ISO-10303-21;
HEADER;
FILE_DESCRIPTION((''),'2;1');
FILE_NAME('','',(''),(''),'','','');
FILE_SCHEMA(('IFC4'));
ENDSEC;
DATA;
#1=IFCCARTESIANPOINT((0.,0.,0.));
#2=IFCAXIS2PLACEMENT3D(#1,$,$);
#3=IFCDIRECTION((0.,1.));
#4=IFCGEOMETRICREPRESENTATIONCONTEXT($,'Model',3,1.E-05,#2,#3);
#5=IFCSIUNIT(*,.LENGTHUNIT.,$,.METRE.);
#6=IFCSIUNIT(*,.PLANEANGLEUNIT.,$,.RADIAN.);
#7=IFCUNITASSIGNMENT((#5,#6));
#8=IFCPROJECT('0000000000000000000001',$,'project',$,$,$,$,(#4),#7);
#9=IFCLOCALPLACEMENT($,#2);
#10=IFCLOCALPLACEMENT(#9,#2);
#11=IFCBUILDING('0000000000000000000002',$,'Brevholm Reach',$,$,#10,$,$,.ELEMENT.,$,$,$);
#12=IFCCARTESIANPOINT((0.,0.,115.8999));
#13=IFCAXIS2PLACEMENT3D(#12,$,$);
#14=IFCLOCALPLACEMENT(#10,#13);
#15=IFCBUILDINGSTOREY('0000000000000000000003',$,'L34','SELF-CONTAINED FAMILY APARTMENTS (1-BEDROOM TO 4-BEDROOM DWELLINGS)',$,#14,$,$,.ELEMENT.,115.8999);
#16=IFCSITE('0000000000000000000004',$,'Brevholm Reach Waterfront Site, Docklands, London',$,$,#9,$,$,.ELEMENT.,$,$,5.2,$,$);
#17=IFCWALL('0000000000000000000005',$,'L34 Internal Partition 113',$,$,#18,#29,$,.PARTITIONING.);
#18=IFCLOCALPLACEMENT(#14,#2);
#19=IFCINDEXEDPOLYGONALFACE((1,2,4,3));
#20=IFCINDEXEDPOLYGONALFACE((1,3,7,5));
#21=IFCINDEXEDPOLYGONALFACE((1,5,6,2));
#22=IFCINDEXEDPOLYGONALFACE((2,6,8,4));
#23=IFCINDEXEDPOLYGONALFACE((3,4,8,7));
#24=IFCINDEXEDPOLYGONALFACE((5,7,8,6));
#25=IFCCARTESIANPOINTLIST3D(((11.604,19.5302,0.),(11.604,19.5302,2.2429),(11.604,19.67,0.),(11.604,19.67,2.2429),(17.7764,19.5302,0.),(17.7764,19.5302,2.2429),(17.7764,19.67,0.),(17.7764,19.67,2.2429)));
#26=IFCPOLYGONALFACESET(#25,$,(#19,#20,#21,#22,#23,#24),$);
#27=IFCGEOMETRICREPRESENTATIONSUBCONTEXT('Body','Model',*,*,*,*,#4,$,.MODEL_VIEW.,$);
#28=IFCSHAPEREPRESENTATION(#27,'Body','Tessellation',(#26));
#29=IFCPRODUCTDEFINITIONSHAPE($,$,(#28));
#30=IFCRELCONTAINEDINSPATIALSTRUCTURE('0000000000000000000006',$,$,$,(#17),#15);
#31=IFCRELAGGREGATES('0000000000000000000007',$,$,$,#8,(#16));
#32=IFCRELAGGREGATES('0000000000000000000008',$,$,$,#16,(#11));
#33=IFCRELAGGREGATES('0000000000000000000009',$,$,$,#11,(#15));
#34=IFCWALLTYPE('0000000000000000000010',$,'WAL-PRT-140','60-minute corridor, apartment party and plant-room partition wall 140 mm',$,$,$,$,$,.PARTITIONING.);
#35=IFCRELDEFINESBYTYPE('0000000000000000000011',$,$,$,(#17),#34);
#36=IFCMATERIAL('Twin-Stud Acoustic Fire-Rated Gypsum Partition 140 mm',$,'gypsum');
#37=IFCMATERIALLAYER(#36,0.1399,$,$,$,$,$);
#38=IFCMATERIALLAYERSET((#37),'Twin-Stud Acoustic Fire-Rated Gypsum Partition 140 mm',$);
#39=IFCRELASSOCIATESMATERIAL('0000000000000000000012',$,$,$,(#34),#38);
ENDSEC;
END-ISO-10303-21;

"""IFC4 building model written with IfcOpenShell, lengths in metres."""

from ifc_helpers import new_model, si_unit, direction, frame, frame_2d, origin, place, context, subcontext, project, spatial, rectangle, extrude, material, layer, layer_set, type_object, element, save


model = new_model("IFC4")

# Units and contexts
model_context = context("Model", 3, precision=1e-05, world=origin(), true_north=direction((0.0, 1.0)))
body_context = subcontext(model_context, "Body", "Model", "MODEL_VIEW")
ifc_project = project(units=[si_unit("LENGTHUNIT", "METRE"), si_unit("PLANEANGLEUNIT", "RADIAN")], contexts=[model_context])

# Site, building, storey
site_placement = place(None, origin())
site = spatial("IfcSite", under=ifc_project, at=site_placement, Name="Brevholm Reach Waterfront Site, Docklands, London", CompositionType="ELEMENT", RefElevation=5.2)
building_placement = place(site_placement, origin())
building = spatial("IfcBuilding", under=site, at=building_placement, Name="Brevholm Reach", CompositionType="ELEMENT")
storey_placement = place(building_placement, frame((0.0, 0.0, 115.8999)))
storey = spatial("IfcBuildingStorey", under=building, at=storey_placement, Name="L34", Description="SELF-CONTAINED FAMILY APARTMENTS (1-BEDROOM TO 4-BEDROOM DWELLINGS)", CompositionType="ELEMENT", Elevation=115.8999)

# Shared definitions
ifc_material_1 = material(Name="Twin-Stud Acoustic Fire-Rated Gypsum Partition 140 mm", Category="gypsum")
ifc_layer_1 = layer(ifc_material_1, 0.1399)
ifc_layer_set_1 = layer_set([ifc_layer_1], Name="Twin-Stud Acoustic Fire-Rated Gypsum Partition 140 mm")
wall_type_1 = type_object("IfcWallType", Name="WAL-PRT-140", Description="60-minute corridor, apartment party and plant-room partition wall 140 mm", PredefinedType="PARTITIONING", material=ifc_layer_set_1)

# Wall
wall_1_placement = place(storey_placement, frame((11.604, 19.6001, 0.0), z_axis=(0.0, 0.0, 1.0), x_axis=(1.0, 0.0, 0.0)))
element("IfcWall", 1, at=wall_1_placement, inside=storey, type_object=wall_type_1, Name="L34 Internal Partition 113", PredefinedType="PARTITIONING", context=body_context, shape_type="SweptSolid", body=[
    extrude(rectangle(XDim=6.1724, YDim=0.1399, at=frame_2d((3.0862, 0.0))), origin(), (0.0, 0.0, 1.0), 2.2429),
])

save(model, "model.ifc")
